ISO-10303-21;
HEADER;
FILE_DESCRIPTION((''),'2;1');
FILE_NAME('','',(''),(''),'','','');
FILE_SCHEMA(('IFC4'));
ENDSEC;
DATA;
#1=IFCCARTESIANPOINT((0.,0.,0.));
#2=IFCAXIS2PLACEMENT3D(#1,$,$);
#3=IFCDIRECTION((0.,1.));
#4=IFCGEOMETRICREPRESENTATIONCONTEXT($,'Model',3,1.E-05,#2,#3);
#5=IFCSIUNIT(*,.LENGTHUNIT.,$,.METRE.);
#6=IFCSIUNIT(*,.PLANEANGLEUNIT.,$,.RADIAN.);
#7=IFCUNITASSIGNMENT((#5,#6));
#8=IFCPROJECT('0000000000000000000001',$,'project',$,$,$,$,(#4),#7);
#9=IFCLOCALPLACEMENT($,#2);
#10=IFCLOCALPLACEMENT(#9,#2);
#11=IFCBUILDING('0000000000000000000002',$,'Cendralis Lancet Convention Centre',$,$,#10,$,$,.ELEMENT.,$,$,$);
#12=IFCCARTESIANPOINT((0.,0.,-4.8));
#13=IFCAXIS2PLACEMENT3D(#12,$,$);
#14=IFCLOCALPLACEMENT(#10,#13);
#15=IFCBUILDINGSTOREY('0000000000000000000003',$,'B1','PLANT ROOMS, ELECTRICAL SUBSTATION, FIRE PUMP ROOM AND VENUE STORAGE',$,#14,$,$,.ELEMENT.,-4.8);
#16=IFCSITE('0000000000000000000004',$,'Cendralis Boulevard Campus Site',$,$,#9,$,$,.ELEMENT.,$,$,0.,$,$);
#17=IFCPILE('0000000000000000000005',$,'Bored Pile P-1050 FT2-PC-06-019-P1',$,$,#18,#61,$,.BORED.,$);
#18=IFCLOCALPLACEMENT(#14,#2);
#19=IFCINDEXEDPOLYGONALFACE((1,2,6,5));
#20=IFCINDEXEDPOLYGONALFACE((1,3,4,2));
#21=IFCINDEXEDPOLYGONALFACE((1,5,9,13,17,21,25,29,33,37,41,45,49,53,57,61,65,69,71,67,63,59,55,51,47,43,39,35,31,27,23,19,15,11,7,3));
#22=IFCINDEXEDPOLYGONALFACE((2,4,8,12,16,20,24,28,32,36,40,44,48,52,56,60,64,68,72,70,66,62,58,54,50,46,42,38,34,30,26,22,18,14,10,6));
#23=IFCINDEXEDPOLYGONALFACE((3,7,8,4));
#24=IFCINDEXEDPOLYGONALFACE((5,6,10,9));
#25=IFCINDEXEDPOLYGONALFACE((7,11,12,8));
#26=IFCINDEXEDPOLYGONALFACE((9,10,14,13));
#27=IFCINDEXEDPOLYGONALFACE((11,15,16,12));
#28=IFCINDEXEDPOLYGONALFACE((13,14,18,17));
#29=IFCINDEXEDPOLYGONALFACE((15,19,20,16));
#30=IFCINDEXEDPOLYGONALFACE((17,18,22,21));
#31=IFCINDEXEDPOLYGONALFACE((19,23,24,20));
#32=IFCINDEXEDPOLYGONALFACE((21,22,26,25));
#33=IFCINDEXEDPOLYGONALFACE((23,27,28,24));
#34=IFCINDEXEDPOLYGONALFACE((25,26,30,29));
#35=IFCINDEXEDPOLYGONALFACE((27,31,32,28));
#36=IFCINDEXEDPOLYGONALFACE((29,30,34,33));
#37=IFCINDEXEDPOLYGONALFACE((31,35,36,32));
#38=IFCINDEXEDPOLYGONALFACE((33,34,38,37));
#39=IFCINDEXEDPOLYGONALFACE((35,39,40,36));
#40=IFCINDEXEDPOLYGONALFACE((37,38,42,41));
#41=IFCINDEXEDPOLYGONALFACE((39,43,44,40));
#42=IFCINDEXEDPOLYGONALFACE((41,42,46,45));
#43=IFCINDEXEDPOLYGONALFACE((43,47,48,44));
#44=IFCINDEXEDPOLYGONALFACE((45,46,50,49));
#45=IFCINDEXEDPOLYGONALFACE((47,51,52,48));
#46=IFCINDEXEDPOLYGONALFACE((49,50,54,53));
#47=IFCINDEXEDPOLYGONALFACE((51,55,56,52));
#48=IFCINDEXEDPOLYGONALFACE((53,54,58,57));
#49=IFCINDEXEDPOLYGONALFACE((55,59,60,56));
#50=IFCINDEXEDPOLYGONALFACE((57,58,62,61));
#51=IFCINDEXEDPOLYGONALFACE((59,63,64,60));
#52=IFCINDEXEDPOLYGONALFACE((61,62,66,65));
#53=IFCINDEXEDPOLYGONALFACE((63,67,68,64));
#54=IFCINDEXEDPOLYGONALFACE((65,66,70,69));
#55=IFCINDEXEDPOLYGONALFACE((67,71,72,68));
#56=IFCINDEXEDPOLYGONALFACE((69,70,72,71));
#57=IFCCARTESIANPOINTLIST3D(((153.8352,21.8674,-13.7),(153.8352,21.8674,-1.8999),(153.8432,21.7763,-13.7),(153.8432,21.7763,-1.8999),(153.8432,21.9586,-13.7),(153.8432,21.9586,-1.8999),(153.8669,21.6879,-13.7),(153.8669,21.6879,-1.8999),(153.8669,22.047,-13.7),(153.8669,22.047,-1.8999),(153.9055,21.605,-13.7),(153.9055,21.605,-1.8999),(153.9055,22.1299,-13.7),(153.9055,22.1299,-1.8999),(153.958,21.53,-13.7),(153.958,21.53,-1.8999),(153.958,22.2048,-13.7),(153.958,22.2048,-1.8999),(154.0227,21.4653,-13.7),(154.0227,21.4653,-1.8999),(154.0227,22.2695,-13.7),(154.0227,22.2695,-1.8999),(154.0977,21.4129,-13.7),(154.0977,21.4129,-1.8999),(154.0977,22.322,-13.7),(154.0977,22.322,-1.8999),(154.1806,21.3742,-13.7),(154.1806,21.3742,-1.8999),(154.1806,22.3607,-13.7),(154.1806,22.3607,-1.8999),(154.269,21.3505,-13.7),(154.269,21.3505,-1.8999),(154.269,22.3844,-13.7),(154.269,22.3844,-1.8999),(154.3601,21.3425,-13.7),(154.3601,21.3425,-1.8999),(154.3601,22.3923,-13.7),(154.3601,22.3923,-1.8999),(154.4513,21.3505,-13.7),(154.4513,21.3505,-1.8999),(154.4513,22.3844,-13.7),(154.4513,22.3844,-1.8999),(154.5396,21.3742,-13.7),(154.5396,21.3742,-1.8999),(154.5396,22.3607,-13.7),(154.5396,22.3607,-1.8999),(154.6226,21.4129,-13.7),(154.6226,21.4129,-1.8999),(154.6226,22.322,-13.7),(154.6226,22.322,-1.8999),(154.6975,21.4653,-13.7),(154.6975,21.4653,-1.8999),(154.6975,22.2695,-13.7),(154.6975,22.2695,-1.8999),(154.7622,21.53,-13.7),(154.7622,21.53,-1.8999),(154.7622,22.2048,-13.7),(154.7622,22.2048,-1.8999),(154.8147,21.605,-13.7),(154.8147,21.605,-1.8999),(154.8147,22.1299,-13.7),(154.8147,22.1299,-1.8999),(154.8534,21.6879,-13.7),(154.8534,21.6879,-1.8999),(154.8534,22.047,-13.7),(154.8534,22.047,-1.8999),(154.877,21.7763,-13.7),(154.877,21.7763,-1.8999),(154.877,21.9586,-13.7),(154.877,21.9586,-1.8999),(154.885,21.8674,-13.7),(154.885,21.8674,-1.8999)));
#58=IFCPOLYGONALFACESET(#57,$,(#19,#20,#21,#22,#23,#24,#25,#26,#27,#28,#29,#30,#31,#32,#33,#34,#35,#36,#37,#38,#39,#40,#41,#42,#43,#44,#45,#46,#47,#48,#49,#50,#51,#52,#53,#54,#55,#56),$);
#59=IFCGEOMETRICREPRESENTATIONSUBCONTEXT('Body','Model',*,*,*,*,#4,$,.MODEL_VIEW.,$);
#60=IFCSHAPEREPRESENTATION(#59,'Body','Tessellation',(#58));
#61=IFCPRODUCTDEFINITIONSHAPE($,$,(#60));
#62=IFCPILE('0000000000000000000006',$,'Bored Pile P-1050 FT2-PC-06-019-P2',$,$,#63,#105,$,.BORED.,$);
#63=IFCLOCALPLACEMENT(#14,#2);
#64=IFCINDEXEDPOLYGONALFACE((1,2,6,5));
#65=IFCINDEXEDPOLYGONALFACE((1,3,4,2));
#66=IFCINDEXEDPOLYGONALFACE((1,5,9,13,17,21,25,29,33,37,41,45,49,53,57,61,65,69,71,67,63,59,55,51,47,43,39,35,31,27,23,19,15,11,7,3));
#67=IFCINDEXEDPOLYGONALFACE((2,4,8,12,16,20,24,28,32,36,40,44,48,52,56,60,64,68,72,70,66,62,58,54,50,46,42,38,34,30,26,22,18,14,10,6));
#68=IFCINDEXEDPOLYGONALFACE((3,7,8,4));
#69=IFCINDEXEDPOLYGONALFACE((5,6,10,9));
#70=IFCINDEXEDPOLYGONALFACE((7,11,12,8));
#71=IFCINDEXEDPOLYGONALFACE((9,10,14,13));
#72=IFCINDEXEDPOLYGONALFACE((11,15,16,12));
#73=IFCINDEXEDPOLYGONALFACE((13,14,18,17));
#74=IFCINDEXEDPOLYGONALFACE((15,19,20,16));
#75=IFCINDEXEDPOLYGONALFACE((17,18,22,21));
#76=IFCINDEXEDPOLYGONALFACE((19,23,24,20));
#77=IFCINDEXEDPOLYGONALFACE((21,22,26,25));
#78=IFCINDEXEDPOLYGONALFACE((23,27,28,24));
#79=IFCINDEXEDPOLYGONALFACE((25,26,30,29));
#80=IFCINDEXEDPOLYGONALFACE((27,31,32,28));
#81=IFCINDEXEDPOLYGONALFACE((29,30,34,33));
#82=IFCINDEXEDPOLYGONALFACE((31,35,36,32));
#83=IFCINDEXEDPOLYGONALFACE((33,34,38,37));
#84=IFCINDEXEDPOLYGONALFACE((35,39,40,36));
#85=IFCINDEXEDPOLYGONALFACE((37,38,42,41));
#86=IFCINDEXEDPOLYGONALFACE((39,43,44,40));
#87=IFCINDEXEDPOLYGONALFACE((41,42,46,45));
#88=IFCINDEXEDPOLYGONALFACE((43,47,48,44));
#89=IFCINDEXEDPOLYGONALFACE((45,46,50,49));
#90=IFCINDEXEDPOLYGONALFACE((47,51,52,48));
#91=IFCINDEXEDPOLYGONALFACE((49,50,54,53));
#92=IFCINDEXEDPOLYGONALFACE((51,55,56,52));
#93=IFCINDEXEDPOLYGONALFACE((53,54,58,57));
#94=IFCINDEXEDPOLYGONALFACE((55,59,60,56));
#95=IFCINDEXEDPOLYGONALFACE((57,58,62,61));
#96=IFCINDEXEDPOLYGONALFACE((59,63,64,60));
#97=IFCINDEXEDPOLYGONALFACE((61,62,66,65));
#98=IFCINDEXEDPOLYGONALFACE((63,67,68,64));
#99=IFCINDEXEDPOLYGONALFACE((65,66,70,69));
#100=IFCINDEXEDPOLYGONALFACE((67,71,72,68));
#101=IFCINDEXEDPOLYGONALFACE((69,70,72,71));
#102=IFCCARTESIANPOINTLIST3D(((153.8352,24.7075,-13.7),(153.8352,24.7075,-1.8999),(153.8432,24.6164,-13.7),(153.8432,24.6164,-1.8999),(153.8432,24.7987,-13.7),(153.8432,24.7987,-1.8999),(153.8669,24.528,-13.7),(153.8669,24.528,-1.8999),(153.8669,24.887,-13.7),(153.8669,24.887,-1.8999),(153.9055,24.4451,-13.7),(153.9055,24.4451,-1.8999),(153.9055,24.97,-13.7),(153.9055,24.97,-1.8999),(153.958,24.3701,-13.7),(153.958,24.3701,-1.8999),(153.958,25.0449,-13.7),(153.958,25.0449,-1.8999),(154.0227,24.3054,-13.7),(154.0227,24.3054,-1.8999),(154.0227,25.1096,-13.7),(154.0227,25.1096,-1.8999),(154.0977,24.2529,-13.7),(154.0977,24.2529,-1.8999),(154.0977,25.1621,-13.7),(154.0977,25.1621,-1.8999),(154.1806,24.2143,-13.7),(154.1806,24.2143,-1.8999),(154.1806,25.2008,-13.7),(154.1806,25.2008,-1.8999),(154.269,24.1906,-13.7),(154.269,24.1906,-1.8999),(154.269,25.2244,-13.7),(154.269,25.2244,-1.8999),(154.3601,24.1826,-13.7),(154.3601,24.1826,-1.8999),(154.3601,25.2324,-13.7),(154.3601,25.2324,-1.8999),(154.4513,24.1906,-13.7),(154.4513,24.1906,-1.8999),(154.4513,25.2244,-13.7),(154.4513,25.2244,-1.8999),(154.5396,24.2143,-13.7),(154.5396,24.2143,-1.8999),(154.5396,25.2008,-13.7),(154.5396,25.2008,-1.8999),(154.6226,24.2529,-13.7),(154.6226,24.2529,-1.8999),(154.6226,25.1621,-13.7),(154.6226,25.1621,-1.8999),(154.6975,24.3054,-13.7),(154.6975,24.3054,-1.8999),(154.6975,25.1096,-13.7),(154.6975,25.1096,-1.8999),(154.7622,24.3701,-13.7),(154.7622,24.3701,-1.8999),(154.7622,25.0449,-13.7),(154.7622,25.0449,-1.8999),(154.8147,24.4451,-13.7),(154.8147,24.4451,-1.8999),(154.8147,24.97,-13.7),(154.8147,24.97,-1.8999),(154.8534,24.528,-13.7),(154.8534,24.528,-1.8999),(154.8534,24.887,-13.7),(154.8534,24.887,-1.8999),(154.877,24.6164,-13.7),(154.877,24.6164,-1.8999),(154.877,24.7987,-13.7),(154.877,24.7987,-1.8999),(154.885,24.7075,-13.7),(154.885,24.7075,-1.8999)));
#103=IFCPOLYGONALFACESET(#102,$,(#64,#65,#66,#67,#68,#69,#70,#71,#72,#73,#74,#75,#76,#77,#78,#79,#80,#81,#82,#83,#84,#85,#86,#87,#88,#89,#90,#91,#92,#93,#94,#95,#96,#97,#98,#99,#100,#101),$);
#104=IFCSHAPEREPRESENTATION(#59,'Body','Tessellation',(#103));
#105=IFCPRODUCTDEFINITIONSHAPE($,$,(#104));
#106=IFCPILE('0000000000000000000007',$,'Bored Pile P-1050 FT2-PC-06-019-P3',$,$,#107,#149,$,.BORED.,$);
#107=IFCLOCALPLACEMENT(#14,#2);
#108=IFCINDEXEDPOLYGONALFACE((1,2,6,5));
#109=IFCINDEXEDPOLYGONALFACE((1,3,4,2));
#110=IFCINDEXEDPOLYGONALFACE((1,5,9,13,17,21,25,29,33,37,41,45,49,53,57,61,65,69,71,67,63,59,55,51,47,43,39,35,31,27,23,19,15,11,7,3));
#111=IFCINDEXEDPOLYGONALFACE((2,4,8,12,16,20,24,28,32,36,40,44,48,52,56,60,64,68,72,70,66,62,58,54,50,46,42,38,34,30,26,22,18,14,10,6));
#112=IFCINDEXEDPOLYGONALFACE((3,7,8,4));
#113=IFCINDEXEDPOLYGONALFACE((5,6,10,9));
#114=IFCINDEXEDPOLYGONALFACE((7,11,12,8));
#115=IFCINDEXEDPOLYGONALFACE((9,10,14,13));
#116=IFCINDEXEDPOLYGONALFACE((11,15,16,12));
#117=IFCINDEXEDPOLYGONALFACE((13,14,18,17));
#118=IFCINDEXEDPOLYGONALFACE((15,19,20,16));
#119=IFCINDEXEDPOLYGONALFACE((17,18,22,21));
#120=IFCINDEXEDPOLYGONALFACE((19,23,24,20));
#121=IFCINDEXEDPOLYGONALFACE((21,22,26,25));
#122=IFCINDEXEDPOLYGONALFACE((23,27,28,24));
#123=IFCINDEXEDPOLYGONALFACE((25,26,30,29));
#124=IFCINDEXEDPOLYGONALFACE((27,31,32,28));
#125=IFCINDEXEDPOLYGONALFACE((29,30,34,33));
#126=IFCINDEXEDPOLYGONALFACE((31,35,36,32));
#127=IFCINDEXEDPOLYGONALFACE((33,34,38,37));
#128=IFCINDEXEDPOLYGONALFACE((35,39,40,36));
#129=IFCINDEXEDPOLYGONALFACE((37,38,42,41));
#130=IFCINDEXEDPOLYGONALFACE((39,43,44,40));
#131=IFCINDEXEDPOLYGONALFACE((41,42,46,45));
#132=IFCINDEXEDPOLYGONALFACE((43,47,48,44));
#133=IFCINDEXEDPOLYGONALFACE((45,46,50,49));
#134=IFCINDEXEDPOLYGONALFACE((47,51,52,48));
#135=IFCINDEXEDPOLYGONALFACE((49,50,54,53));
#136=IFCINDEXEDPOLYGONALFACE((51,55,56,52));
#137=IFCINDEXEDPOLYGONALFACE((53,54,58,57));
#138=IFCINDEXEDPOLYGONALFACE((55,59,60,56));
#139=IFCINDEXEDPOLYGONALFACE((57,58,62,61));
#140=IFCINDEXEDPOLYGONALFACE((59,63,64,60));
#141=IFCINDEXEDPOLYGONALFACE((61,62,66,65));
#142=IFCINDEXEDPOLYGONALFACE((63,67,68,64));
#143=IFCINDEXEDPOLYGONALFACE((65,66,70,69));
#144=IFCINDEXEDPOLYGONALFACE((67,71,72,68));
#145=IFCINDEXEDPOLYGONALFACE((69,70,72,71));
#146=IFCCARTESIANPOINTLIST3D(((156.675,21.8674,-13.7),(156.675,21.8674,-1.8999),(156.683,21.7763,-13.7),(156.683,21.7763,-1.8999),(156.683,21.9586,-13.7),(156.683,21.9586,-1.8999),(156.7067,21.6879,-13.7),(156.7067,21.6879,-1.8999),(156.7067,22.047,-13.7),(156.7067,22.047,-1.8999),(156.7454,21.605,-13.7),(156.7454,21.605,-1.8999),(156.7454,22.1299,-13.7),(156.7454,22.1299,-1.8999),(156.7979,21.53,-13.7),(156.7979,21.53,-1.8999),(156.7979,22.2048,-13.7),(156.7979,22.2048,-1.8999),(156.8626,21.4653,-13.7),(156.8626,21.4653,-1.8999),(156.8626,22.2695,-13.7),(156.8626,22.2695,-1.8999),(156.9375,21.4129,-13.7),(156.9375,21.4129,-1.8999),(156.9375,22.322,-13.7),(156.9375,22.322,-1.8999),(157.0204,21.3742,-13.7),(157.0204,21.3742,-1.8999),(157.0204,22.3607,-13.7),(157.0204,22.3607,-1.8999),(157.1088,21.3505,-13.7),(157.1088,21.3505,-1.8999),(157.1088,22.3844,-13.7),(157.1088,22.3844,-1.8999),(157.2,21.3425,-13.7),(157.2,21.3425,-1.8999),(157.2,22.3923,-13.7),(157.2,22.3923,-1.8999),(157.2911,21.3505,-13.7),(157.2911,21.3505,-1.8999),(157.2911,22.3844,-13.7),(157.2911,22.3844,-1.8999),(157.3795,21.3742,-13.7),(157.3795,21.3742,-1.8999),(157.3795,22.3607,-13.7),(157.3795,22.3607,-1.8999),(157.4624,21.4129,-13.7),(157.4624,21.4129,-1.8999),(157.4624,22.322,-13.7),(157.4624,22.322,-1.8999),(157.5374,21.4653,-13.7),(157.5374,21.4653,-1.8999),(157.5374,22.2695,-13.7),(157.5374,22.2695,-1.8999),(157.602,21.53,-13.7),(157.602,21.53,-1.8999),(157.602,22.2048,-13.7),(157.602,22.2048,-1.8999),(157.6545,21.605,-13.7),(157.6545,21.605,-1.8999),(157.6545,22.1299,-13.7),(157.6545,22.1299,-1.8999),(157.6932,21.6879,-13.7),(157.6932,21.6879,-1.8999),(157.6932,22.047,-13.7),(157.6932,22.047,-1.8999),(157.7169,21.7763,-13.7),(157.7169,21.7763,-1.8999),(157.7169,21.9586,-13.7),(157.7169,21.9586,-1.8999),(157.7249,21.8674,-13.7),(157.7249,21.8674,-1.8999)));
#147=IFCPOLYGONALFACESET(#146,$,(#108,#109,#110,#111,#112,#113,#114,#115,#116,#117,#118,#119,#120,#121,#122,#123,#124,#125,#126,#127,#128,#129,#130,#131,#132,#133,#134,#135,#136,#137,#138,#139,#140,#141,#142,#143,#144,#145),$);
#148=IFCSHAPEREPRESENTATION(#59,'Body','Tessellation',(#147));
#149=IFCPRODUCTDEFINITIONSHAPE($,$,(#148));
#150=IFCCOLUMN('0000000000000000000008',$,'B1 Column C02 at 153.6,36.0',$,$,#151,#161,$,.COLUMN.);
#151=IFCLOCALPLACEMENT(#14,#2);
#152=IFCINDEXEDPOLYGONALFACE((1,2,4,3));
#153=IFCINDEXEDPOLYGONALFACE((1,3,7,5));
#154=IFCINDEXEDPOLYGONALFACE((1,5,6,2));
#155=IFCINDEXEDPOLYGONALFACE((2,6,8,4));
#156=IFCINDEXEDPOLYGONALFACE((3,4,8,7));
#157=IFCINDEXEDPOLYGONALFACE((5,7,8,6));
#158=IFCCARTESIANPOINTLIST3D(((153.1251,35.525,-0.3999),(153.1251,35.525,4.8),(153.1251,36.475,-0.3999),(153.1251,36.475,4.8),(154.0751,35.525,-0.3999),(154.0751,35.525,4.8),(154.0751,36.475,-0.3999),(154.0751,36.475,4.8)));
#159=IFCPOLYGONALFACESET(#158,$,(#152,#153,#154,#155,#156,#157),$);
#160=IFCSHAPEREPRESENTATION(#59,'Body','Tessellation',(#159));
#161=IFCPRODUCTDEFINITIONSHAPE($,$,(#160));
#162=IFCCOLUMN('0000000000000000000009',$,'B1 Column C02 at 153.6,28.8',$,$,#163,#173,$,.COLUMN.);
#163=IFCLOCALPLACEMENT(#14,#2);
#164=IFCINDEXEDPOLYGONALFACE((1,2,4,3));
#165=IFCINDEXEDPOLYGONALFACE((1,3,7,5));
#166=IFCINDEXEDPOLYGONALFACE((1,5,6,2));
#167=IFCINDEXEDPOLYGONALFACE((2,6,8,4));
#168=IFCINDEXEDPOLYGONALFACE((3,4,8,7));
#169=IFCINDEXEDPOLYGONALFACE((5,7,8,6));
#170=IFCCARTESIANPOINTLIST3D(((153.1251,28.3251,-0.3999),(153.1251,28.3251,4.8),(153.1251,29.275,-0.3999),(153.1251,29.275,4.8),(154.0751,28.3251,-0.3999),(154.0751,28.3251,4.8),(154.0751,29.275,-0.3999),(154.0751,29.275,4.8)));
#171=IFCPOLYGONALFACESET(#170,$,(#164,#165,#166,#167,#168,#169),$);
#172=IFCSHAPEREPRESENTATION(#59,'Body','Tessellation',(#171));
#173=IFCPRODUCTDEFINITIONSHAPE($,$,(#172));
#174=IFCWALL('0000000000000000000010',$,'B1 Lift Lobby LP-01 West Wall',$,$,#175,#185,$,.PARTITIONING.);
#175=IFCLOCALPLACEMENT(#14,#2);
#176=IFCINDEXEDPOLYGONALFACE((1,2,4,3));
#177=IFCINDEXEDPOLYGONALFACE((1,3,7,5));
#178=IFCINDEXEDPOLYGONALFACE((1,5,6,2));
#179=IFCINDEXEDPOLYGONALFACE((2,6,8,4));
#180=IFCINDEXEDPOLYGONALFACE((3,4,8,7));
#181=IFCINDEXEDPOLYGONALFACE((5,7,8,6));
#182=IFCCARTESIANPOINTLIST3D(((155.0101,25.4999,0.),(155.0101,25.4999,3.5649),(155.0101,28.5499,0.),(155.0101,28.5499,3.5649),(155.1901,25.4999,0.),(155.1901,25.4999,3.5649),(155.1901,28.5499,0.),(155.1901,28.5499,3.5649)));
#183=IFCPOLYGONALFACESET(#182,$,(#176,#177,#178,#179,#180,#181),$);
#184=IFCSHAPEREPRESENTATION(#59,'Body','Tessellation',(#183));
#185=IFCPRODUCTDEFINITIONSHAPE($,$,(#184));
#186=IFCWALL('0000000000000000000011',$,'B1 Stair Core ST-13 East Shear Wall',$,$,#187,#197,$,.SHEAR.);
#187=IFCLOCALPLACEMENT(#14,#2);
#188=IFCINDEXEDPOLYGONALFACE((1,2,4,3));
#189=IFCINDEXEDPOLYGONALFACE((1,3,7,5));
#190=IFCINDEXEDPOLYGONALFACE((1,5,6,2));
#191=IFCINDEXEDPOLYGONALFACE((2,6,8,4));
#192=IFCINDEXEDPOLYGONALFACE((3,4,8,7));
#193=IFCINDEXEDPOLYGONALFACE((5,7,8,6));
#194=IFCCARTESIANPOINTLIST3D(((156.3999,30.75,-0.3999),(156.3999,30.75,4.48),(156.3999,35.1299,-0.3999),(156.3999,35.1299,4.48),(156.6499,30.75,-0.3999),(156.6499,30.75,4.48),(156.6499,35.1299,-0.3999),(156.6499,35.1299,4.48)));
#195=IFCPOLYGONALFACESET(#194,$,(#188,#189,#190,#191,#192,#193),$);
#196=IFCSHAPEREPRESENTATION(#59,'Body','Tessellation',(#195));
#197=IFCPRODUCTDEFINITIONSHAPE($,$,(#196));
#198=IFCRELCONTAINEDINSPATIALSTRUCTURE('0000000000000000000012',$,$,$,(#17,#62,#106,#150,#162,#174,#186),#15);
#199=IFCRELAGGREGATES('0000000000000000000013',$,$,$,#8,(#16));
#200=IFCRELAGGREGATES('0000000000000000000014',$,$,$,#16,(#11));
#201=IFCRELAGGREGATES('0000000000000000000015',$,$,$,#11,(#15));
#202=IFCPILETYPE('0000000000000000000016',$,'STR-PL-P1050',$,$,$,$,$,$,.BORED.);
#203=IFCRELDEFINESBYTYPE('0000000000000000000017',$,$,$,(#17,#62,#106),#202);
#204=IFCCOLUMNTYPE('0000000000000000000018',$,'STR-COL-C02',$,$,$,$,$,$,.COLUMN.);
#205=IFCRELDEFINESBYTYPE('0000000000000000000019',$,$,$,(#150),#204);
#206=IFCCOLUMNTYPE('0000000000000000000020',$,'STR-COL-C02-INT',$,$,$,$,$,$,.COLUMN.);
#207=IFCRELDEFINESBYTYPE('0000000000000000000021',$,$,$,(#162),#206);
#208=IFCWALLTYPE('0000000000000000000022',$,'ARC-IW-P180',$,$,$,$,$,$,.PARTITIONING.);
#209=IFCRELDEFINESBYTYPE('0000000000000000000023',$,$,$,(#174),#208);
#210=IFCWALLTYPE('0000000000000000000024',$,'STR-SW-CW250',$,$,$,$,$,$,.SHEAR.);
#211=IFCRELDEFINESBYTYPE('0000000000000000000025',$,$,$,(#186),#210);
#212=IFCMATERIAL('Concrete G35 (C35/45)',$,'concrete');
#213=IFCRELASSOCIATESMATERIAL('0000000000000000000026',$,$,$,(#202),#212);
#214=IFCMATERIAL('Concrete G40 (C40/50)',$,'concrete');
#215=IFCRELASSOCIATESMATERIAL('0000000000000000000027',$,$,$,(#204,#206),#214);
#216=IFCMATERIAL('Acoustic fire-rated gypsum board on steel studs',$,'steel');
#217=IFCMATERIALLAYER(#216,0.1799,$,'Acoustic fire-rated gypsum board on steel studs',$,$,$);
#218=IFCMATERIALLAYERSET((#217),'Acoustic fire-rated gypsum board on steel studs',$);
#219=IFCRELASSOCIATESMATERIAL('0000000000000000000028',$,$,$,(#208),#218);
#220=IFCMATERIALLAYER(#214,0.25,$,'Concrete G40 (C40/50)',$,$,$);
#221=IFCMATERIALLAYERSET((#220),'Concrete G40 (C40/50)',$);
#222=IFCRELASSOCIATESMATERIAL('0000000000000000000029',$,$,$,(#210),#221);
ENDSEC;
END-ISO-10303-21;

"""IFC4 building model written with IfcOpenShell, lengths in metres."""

from ifc_helpers import new_model, si_unit, direction, frame, frame_2d, origin, origin_2d, place, context, subcontext, project, spatial, rectangle, circle, extrude, material, layer, layer_set, material_profile, profile_set, type_object, element, save


model = new_model("IFC4")

# Units and contexts
model_context = context("Model", 3, precision=1e-05, world=origin(), true_north=direction((0.0, 1.0)))
body_context = subcontext(model_context, "Body", "Model", "MODEL_VIEW")
ifc_project = project(units=[si_unit("LENGTHUNIT", "METRE"), si_unit("PLANEANGLEUNIT", "RADIAN")], contexts=[model_context])

# Site, building, storey
site_placement = place(None, origin())
site = spatial("IfcSite", under=ifc_project, at=site_placement, Name="Cendralis Boulevard Campus Site", CompositionType="ELEMENT", RefElevation=0.0)
building_placement = place(site_placement, origin())
building = spatial("IfcBuilding", under=site, at=building_placement, Name="Cendralis Lancet Convention Centre", CompositionType="ELEMENT")
storey_placement = place(building_placement, frame((0.0, 0.0, -4.8)))
storey = spatial("IfcBuildingStorey", under=building, at=storey_placement, Name="B1", Description="PLANT ROOMS, ELECTRICAL SUBSTATION, FIRE PUMP ROOM AND VENUE STORAGE", CompositionType="ELEMENT", Elevation=-4.8)

# Shared definitions
ifc_material_1 = material(Name="Concrete G35 (C35/45)", Category="concrete")

# Piles
ifc_material_profile_1 = material_profile(ifc_material_1, circle(Radius=0.5249, at=origin_2d()), Name="BORED PILE D1050")
ifc_profile_set_1 = profile_set([ifc_material_profile_1], Name="Concrete G35 (C35/45)")
pile_type = type_object("IfcPileType", Name="STR-PL-P1050", PredefinedType="BORED", material=ifc_profile_set_1)
for number, where, z_axis, x_axis, name in (
    (1, (154.3601, 21.8674, -1.8999), (0.0, 0.0, -1.0), (1.0, 0.0, 0.0), "Bored Pile P-1050 FT2-PC-06-019-P1"),
    (2, (154.3601, 24.7075, -1.8999), (0.0, 0.0, -1.0), (1.0, 0.0, 0.0), "Bored Pile P-1050 FT2-PC-06-019-P2"),
    (3, (157.2, 21.8674, -1.8999), (0.0, 0.0, -1.0), (1.0, 0.0, 0.0), "Bored Pile P-1050 FT2-PC-06-019-P3"),
):
    element("IfcPile", number, at=place(storey_placement, frame(where, z_axis=z_axis, x_axis=x_axis)), inside=storey, type_object=pile_type, Name=name, PredefinedType="BORED", context=body_context, shape_type="SweptSolid", body=[
        extrude(circle(Radius=0.5249, at=origin_2d()), origin(), (0.0, 0.0, 1.0), 11.8),
    ])

# Columns
ifc_material_2 = material(Name="Concrete G40 (C40/50)", Category="concrete")
ifc_material_profile_2 = material_profile(ifc_material_2, rectangle(XDim=0.95, YDim=0.95, at=origin_2d()), Name="RC 950x950")
ifc_profile_set_2 = profile_set([ifc_material_profile_2], Name="Concrete G40 (C40/50)")
column_type_1 = type_object("IfcColumnType", Name="STR-COL-C02", PredefinedType="COLUMN", material=ifc_profile_set_2)
column_1_placement = place(storey_placement, frame((153.6001, 36.0, -0.3999), z_axis=(0.0, 0.0, 1.0), x_axis=(1.0, 0.0, 0.0)))
element("IfcColumn", 4, at=column_1_placement, inside=storey, type_object=column_type_1, Name="B1 Column C02 at 153.6,36.0", PredefinedType="COLUMN", context=body_context, shape_type="SweptSolid", body=[
    extrude(rectangle(XDim=0.95, YDim=0.95, at=origin_2d()), origin(), (0.0, 0.0, 1.0), 5.2),
])
ifc_material_profile_3 = material_profile(ifc_material_2, rectangle(XDim=0.95, YDim=0.95, at=origin_2d()), Name="RC 950x950")
ifc_profile_set_3 = profile_set([ifc_material_profile_3], Name="Concrete G40 (C40/50)")
column_type_2 = type_object("IfcColumnType", Name="STR-COL-C02-INT", PredefinedType="COLUMN", material=ifc_profile_set_3)
column_2_placement = place(storey_placement, frame((153.6001, 28.8, -0.3999), z_axis=(0.0, 0.0, 1.0), x_axis=(1.0, 0.0, 0.0)))
element("IfcColumn", 5, at=column_2_placement, inside=storey, type_object=column_type_2, Name="B1 Column C02 at 153.6,28.8", PredefinedType="COLUMN", context=body_context, shape_type="SweptSolid", body=[
    extrude(rectangle(XDim=0.95, YDim=0.95, at=origin_2d()), origin(), (0.0, 0.0, 1.0), 5.2),
])

# Shared definitions
ifc_material_3 = material(Name="Acoustic fire-rated gypsum board on steel studs", Category="steel")
ifc_layer_1 = layer(ifc_material_3, 0.1799, Name="Acoustic fire-rated gypsum board on steel studs")
ifc_layer_set_1 = layer_set([ifc_layer_1], Name="Acoustic fire-rated gypsum board on steel studs")
wall_type_1 = type_object("IfcWallType", Name="ARC-IW-P180", PredefinedType="PARTITIONING", material=ifc_layer_set_1)

# Wall
wall_1_placement = place(storey_placement, frame((155.1001, 25.5, 0.0), z_axis=(0.0, 0.0, 1.0), x_axis=(0.0, 1.0, 0.0)))
element("IfcWall", 6, at=wall_1_placement, inside=storey, type_object=wall_type_1, Name="B1 Lift Lobby LP-01 West Wall", PredefinedType="PARTITIONING", context=body_context, shape_type="SweptSolid", body=[
    extrude(rectangle(XDim=3.05, YDim=0.1799, at=frame_2d((1.5249, 0.0))), origin(), (0.0, 0.0, 1.0), 3.5649),
])

# Shared definitions
ifc_layer_2 = layer(ifc_material_2, 0.25, Name="Concrete G40 (C40/50)")
ifc_layer_set_2 = layer_set([ifc_layer_2], Name="Concrete G40 (C40/50)")
wall_type_2 = type_object("IfcWallType", Name="STR-SW-CW250", PredefinedType="SHEAR", material=ifc_layer_set_2)

# Wall
wall_2_placement = place(storey_placement, frame((156.5249, 30.75, -0.3999), z_axis=(0.0, 0.0, 1.0), x_axis=(0.0, 1.0, 0.0)))
element("IfcWall", 7, at=wall_2_placement, inside=storey, type_object=wall_type_2, Name="B1 Stair Core ST-13 East Shear Wall", PredefinedType="SHEAR", context=body_context, shape_type="SweptSolid", body=[
    extrude(rectangle(XDim=4.3799, YDim=0.25, at=frame_2d((2.1899, 0.0))), origin(), (0.0, 0.0, 1.0), 4.8799),
])

save(model, "model.ifc")
